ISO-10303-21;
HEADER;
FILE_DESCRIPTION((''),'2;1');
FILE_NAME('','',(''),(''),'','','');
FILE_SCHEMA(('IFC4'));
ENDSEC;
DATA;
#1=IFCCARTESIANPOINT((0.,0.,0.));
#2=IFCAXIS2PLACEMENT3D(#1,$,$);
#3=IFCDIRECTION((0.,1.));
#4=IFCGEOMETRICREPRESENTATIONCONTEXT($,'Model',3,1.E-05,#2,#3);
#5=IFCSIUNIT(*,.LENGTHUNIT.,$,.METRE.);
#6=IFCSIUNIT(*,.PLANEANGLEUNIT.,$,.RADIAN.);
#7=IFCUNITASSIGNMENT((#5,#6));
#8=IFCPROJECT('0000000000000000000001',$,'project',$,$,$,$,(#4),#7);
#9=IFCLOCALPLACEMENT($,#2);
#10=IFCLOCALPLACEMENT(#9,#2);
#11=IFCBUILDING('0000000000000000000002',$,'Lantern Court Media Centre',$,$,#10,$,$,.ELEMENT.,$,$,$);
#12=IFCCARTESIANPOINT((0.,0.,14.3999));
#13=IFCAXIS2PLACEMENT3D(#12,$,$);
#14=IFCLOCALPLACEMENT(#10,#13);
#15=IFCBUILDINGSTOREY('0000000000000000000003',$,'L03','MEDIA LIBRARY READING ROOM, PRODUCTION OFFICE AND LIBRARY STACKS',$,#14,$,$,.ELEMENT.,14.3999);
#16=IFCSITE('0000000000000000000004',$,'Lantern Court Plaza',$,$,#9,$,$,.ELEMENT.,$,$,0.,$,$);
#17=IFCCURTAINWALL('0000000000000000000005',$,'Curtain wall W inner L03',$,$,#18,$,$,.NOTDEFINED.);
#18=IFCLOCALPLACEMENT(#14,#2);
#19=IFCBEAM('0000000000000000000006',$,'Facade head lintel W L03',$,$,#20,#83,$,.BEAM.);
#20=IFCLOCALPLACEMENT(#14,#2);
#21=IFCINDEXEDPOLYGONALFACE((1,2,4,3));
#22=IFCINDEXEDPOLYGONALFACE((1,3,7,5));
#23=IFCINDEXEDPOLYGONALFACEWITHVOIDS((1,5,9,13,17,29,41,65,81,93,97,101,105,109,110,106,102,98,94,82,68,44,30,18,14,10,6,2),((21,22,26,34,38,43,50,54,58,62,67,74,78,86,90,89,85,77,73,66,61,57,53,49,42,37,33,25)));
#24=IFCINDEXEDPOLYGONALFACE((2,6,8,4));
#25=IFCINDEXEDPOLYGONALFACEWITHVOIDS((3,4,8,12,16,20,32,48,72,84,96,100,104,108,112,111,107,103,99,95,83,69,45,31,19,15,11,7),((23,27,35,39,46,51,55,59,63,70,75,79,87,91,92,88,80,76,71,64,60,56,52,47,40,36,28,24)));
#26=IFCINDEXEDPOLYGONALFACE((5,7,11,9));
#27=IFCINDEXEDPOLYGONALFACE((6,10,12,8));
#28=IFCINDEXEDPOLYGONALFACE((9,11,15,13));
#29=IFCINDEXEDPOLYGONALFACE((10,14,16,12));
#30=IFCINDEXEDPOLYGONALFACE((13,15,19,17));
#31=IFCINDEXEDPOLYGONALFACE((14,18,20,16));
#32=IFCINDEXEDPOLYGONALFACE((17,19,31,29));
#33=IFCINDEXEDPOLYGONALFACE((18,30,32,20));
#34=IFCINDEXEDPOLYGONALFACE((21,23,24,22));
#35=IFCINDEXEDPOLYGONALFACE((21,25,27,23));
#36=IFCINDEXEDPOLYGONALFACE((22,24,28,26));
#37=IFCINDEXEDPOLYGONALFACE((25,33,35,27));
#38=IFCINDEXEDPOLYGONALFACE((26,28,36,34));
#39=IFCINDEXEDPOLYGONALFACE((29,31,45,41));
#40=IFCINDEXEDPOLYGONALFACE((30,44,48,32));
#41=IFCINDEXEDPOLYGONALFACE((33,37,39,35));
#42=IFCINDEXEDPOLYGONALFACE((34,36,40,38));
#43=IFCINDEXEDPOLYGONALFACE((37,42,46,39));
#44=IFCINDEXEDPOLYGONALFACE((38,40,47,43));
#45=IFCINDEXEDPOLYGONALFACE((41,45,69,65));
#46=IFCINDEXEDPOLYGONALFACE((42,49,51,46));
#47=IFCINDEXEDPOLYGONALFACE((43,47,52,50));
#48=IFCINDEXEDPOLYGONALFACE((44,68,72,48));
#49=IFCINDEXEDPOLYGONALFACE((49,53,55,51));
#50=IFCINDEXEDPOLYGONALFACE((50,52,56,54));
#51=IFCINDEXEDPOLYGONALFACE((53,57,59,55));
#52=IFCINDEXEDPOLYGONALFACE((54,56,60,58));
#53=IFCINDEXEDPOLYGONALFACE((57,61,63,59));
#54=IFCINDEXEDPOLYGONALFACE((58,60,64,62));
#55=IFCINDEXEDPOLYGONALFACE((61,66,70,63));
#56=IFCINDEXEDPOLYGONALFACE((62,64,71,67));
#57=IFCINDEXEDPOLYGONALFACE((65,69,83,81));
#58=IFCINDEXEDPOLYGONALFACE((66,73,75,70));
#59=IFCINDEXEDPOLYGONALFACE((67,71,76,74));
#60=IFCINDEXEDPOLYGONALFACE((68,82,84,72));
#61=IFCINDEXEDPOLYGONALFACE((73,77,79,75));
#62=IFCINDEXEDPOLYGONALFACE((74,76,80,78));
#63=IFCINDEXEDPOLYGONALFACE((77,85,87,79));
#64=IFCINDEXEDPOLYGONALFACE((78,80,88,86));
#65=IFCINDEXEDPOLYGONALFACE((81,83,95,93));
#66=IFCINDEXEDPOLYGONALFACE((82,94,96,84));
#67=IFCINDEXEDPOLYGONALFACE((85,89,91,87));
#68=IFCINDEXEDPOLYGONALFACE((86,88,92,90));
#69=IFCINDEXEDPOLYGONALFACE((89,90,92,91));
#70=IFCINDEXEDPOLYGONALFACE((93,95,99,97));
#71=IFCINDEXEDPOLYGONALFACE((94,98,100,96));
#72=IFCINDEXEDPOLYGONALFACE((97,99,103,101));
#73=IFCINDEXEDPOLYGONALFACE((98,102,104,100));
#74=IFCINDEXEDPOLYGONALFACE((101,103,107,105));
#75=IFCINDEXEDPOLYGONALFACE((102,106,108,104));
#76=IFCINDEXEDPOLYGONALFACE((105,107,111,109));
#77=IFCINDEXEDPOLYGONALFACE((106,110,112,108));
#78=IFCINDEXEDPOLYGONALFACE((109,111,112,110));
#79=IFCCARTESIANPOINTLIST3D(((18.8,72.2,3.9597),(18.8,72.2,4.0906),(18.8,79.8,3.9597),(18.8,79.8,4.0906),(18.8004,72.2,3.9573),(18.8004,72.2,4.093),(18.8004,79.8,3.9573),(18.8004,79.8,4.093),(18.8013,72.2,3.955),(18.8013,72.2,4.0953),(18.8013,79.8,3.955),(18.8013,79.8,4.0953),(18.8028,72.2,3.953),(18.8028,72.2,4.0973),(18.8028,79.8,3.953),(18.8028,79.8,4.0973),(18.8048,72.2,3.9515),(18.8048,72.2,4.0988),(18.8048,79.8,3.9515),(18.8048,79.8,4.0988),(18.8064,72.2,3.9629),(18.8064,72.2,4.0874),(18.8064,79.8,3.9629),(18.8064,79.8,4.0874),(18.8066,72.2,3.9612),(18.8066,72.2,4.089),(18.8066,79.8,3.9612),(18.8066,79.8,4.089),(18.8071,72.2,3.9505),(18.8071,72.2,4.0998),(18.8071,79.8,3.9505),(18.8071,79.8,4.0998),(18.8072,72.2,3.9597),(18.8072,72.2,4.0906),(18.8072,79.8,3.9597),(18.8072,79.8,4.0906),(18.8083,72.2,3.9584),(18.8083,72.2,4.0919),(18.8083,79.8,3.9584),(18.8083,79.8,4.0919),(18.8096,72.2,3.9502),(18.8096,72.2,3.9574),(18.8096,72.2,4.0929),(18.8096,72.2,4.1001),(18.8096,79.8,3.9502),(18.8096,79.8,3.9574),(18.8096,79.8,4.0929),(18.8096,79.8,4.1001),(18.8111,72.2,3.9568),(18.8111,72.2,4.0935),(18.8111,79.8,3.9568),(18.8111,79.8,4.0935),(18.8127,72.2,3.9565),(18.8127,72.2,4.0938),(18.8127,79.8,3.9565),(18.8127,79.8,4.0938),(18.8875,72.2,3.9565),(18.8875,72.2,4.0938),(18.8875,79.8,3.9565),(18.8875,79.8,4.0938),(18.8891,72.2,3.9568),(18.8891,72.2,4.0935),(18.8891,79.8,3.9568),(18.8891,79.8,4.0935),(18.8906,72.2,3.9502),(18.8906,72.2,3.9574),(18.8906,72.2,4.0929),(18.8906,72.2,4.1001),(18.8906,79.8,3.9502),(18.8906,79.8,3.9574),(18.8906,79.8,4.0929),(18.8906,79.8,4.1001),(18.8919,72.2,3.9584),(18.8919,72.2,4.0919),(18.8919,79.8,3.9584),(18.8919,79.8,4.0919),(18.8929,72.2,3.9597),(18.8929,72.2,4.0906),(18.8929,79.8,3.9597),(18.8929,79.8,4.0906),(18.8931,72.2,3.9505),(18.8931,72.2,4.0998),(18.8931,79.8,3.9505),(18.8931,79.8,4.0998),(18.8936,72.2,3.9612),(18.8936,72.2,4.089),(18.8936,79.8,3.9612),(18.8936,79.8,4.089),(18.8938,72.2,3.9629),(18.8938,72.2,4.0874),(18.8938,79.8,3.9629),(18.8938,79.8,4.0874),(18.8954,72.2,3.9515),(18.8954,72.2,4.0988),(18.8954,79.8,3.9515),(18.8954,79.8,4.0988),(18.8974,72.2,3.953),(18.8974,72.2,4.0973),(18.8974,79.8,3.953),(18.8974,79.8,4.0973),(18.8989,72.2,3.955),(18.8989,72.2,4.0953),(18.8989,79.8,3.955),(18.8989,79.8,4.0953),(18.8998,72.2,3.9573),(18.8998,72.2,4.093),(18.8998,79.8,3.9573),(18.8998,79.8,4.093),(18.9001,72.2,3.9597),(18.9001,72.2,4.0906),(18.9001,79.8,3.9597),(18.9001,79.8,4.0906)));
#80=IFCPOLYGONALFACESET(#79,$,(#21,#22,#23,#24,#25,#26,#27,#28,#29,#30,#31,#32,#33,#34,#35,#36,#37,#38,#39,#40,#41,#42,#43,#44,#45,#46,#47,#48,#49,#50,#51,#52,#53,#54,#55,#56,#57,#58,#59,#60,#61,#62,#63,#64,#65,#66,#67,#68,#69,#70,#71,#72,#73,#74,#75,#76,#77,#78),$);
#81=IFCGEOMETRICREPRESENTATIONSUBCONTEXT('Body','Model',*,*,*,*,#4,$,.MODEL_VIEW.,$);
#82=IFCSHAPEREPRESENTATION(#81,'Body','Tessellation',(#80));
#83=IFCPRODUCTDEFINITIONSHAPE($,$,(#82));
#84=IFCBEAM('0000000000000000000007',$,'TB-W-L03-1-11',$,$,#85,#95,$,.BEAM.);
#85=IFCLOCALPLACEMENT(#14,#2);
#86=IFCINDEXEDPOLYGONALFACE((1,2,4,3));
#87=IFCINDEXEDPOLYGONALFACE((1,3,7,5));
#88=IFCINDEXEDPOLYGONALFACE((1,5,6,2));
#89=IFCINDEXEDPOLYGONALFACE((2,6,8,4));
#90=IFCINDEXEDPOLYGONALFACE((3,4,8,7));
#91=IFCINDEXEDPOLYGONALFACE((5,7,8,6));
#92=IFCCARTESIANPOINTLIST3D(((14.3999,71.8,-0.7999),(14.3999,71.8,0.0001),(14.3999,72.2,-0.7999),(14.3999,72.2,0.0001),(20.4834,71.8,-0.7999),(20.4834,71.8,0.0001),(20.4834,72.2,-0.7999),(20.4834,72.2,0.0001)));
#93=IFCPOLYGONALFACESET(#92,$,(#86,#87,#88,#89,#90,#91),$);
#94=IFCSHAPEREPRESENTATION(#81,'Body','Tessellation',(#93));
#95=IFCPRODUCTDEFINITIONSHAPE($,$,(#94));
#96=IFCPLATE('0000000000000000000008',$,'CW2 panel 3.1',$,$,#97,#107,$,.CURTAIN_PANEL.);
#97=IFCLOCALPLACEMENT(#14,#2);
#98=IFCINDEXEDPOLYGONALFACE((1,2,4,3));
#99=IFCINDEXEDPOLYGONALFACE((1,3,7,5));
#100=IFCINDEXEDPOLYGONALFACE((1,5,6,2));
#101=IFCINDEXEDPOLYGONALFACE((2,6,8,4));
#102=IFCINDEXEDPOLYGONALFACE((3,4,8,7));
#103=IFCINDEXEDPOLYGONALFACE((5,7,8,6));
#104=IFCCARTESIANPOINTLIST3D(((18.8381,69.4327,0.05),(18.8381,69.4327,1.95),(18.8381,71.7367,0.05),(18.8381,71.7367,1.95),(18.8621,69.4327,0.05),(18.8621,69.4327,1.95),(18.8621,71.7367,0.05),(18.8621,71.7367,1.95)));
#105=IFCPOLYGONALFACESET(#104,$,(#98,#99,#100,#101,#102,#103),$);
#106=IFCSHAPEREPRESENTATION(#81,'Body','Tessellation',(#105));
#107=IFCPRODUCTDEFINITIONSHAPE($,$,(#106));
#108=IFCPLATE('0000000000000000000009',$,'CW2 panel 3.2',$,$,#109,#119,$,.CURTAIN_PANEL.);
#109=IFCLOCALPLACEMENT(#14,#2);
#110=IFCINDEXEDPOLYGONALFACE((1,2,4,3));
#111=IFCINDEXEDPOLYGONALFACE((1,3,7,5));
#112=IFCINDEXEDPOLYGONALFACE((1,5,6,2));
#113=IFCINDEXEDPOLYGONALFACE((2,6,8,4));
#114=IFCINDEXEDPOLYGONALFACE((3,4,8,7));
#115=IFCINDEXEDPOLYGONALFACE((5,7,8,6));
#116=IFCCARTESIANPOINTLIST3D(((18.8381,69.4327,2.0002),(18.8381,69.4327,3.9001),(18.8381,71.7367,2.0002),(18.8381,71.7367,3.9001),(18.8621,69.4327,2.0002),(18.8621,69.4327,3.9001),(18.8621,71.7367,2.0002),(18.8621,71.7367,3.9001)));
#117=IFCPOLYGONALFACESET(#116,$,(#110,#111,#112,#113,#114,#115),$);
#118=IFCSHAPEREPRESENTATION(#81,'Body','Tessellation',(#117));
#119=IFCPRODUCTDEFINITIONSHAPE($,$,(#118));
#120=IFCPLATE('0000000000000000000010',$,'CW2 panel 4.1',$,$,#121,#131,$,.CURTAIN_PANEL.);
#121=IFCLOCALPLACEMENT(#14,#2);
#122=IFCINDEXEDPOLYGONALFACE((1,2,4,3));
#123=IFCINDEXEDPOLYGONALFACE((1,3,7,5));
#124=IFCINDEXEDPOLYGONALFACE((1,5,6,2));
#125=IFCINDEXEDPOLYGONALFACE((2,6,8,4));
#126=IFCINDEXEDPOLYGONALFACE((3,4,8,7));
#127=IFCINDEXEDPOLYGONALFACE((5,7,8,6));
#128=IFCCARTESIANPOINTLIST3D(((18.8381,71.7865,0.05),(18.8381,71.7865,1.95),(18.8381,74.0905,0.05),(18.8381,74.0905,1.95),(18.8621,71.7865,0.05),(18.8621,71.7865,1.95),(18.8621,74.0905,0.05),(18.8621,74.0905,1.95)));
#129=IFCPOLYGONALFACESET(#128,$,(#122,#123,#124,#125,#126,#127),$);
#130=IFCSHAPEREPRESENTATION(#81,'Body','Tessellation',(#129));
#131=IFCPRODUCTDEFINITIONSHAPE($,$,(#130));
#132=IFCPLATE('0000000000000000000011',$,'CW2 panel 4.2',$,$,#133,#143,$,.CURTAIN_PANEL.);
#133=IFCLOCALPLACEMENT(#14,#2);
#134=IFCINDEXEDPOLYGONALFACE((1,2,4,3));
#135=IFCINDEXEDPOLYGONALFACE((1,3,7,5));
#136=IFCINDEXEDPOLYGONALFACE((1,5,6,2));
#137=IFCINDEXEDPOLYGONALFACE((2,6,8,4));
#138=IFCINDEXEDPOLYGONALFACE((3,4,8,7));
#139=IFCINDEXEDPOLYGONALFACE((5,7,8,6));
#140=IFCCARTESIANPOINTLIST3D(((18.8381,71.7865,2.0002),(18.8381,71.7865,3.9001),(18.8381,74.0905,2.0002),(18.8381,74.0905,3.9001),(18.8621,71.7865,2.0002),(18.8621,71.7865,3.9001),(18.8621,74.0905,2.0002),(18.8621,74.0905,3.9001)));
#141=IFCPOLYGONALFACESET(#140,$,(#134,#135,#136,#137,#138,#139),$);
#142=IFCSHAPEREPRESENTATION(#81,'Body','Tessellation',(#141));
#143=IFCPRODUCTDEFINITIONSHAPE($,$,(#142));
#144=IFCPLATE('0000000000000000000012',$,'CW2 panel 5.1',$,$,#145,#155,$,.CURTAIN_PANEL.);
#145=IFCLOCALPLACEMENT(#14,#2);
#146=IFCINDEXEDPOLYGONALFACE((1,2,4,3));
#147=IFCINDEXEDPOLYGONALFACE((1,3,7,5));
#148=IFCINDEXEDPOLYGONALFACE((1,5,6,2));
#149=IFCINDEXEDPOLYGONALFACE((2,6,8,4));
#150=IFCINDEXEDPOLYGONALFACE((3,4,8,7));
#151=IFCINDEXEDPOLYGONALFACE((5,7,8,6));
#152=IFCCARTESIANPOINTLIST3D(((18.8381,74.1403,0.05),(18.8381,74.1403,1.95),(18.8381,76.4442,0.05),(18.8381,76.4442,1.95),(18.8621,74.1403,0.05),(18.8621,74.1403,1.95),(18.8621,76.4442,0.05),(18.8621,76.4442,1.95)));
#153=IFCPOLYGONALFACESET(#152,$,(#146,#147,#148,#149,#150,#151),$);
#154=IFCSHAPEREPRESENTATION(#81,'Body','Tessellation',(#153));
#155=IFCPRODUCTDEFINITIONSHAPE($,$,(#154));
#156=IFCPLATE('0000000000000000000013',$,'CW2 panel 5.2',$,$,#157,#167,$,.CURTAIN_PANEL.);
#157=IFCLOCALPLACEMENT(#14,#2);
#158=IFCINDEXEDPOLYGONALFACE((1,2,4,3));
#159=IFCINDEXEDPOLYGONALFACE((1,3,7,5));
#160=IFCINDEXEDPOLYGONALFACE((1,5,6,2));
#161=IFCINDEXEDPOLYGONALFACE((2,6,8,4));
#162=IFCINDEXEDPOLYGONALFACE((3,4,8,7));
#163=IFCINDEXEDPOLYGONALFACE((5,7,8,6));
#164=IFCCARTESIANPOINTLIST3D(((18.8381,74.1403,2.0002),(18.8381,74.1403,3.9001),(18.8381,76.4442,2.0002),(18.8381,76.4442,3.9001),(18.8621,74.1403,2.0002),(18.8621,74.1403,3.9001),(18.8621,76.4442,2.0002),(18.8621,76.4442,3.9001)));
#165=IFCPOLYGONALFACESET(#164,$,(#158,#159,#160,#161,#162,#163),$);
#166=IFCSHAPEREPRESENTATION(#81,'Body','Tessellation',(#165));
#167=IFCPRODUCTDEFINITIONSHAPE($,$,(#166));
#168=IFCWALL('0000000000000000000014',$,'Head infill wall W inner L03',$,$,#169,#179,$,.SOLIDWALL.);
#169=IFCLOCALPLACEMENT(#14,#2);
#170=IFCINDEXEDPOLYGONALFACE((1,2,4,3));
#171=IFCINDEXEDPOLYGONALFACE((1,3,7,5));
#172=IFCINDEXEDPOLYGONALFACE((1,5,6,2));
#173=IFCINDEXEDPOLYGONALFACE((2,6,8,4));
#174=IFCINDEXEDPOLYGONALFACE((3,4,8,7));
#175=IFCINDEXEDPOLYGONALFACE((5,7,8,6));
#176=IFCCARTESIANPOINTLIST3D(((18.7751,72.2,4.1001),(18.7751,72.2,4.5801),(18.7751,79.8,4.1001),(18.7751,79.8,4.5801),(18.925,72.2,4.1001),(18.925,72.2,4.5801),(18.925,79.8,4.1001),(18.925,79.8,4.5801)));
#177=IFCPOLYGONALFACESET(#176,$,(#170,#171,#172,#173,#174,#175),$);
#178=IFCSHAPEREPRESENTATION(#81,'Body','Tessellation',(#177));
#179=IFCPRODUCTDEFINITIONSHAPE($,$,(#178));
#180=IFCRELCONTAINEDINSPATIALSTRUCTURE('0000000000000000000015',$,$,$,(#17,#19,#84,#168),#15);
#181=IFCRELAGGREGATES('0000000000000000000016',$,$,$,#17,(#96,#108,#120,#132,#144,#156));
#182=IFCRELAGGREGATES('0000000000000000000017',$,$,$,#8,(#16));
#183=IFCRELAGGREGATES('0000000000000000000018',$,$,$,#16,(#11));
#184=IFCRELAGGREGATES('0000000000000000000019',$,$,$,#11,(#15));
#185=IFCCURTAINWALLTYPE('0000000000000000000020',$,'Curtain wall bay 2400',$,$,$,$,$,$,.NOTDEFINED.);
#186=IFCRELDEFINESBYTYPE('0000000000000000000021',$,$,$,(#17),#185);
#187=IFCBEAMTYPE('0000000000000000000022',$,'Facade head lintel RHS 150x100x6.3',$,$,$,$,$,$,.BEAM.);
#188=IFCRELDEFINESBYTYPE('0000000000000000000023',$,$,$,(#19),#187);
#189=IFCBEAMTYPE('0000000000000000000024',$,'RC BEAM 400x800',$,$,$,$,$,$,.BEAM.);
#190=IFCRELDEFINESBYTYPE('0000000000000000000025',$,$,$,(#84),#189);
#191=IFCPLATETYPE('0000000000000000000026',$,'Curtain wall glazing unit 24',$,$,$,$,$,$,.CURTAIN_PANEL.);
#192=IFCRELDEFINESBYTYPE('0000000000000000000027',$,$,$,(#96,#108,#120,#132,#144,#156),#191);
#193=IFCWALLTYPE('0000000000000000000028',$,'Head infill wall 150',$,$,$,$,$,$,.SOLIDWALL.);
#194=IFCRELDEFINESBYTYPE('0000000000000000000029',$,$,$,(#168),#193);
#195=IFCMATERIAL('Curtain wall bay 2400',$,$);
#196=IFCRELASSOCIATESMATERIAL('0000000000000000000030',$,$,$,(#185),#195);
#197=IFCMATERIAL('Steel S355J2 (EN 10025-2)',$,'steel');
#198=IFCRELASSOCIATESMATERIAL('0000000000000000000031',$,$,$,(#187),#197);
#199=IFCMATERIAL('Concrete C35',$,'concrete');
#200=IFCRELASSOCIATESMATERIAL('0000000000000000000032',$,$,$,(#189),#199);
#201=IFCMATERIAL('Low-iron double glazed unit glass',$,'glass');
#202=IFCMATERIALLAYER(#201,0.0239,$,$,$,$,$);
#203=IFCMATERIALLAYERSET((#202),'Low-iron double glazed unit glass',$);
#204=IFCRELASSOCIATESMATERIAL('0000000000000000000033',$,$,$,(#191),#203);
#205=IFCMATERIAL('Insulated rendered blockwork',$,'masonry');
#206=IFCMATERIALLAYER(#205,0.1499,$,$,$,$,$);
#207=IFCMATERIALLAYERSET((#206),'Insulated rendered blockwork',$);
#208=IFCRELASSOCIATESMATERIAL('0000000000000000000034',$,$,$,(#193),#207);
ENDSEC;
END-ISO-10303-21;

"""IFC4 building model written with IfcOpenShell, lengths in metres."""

from ifc_helpers import new_model, si_unit, direction, frame, frame_2d, origin, origin_2d, place, context, subcontext, project, spatial, rectangle, hollow_rectangle, extrude, material, layer, layer_set, material_profile, profile_set, type_object, element, aggregate, save


model = new_model("IFC4")

# Units and contexts
model_context = context("Model", 3, precision=1e-05, world=origin(), true_north=direction((0.0, 1.0)))
body_context = subcontext(model_context, "Body", "Model", "MODEL_VIEW")
ifc_project = project(units=[si_unit("LENGTHUNIT", "METRE"), si_unit("PLANEANGLEUNIT", "RADIAN")], contexts=[model_context])

# Site, building, storey
site_placement = place(None, origin())
site = spatial("IfcSite", under=ifc_project, at=site_placement, Name="Lantern Court Plaza", CompositionType="ELEMENT", RefElevation=0.0)
building_placement = place(site_placement, origin())
building = spatial("IfcBuilding", under=site, at=building_placement, Name="Lantern Court Media Centre", CompositionType="ELEMENT")
storey_placement = place(building_placement, frame((0.0, 0.0, 14.3999)))
storey = spatial("IfcBuildingStorey", under=building, at=storey_placement, Name="L03", Description="MEDIA LIBRARY READING ROOM, PRODUCTION OFFICE AND LIBRARY STACKS", CompositionType="ELEMENT", Elevation=14.3999)

# Curtain wall
ifc_material_1 = material(Name="Curtain wall bay 2400")
curtain_wall_type = type_object("IfcCurtainWallType", Name="Curtain wall bay 2400", PredefinedType="NOTDEFINED", material=ifc_material_1)
curtain_wall_placement = place(storey_placement, origin())
curtain_wall = element("IfcCurtainWall", 1, at=curtain_wall_placement, inside=storey, type_object=curtain_wall_type, Name="Curtain wall W inner L03", PredefinedType="NOTDEFINED")

# Beams
ifc_material_2 = material(Name="Steel S355J2 (EN 10025-2)", Category="steel")
ifc_material_profile_1 = material_profile(ifc_material_2, hollow_rectangle(XDim=0.1001, YDim=0.1499, WallThickness=0.0063, InnerFilletRadius=0.0063, OuterFilletRadius=0.0095, at=origin_2d()), Name="Facade head lintel RHS 150x100x6.3")
ifc_profile_set_1 = profile_set([ifc_material_profile_1], Name="Steel S355J2 (EN 10025-2)")
beam_type_1 = type_object("IfcBeamType", Name="Facade head lintel RHS 150x100x6.3", PredefinedType="BEAM", material=ifc_profile_set_1)
beam_1_placement = place(storey_placement, frame((18.8501, 72.2, 4.0251), z_axis=(0.0, 1.0, 0.0), x_axis=(-1.0, 0.0, 0.0)))
element("IfcBeam", 2, at=beam_1_placement, inside=storey, type_object=beam_type_1, Name="Facade head lintel W L03", PredefinedType="BEAM", context=body_context, shape_type="SweptSolid", body=[
    extrude(hollow_rectangle(XDim=0.1001, YDim=0.1499, WallThickness=0.0063, InnerFilletRadius=0.0063, OuterFilletRadius=0.0095, at=origin_2d()), origin(), (0.0, 0.0, 1.0), 7.6001),
])
ifc_material_3 = material(Name="Concrete C35", Category="concrete")
ifc_material_profile_2 = material_profile(ifc_material_3, rectangle(XDim=0.3999, YDim=0.8, at=origin_2d()), Name="RC 400x800")
ifc_profile_set_2 = profile_set([ifc_material_profile_2], Name="Concrete C35")
beam_type_2 = type_object("IfcBeamType", Name="RC BEAM 400x800", PredefinedType="BEAM", material=ifc_profile_set_2)
beam_2_placement = place(storey_placement, frame((14.3999, 72.0, -0.3999), z_axis=(1.0, 0.0, 0.0), x_axis=(0.0, 1.0, 0.0)))
element("IfcBeam", 3, at=beam_2_placement, inside=storey, type_object=beam_type_2, Name="TB-W-L03-1-11", PredefinedType="BEAM", context=body_context, shape_type="SweptSolid", body=[
    extrude(rectangle(XDim=0.3999, YDim=0.8, at=origin_2d()), origin(), (0.0, 0.0, 1.0), 6.0835),
])

# Plates
ifc_material_4 = material(Name="Low-iron double glazed unit glass", Category="glass")
ifc_layer_1 = layer(ifc_material_4, 0.0239)
ifc_layer_set_1 = layer_set([ifc_layer_1], Name="Low-iron double glazed unit glass")
plate_type = type_object("IfcPlateType", Name="Curtain wall glazing unit 24", PredefinedType="CURTAIN_PANEL", material=ifc_layer_set_1)
plate_1_placement = place(storey_placement, frame((18.8501, 70.5847, 0.05), z_axis=(0.0, 0.0, 1.0), x_axis=(0.0, 1.0, 0.0)))
plate_1 = element("IfcPlate", 4, at=plate_1_placement, type_object=plate_type, Name="CW2 panel 3.1", PredefinedType="CURTAIN_PANEL", context=body_context, shape_type="SweptSolid", body=[
    extrude(rectangle(XDim=2.304, YDim=0.0239, at=origin_2d()), origin(), (0.0, 0.0, 1.0), 1.8999),
])
plate_2_placement = place(storey_placement, frame((18.8501, 70.5847, 2.0002), z_axis=(0.0, 0.0, 1.0), x_axis=(0.0, 1.0, 0.0)))
plate_2 = element("IfcPlate", 5, at=plate_2_placement, type_object=plate_type, Name="CW2 panel 3.2", PredefinedType="CURTAIN_PANEL", context=body_context, shape_type="SweptSolid", body=[
    extrude(rectangle(XDim=2.304, YDim=0.0239, at=origin_2d()), origin(), (0.0, 0.0, 1.0), 1.8999),
])
plate_3_placement = place(storey_placement, frame((18.8501, 72.9385, 0.05), z_axis=(0.0, 0.0, 1.0), x_axis=(0.0, 1.0, 0.0)))
plate_3 = element("IfcPlate", 6, at=plate_3_placement, type_object=plate_type, Name="CW2 panel 4.1", PredefinedType="CURTAIN_PANEL", context=body_context, shape_type="SweptSolid", body=[
    extrude(rectangle(XDim=2.304, YDim=0.0239, at=origin_2d()), origin(), (0.0, 0.0, 1.0), 1.8999),
])
plate_4_placement = place(storey_placement, frame((18.8501, 72.9385, 2.0002), z_axis=(0.0, 0.0, 1.0), x_axis=(0.0, 1.0, 0.0)))
plate_4 = element("IfcPlate", 7, at=plate_4_placement, type_object=plate_type, Name="CW2 panel 4.2", PredefinedType="CURTAIN_PANEL", context=body_context, shape_type="SweptSolid", body=[
    extrude(rectangle(XDim=2.304, YDim=0.0239, at=origin_2d()), origin(), (0.0, 0.0, 1.0), 1.8999),
])
plate_5_placement = place(storey_placement, frame((18.8501, 75.2922, 0.05), z_axis=(0.0, 0.0, 1.0), x_axis=(0.0, 1.0, 0.0)))
plate_5 = element("IfcPlate", 8, at=plate_5_placement, type_object=plate_type, Name="CW2 panel 5.1", PredefinedType="CURTAIN_PANEL", context=body_context, shape_type="SweptSolid", body=[
    extrude(rectangle(XDim=2.304, YDim=0.0239, at=origin_2d()), origin(), (0.0, 0.0, 1.0), 1.8999),
])
plate_6_placement = place(storey_placement, frame((18.8501, 75.2922, 2.0002), z_axis=(0.0, 0.0, 1.0), x_axis=(0.0, 1.0, 0.0)))
plate_6 = element("IfcPlate", 9, at=plate_6_placement, type_object=plate_type, Name="CW2 panel 5.2", PredefinedType="CURTAIN_PANEL", context=body_context, shape_type="SweptSolid", body=[
    extrude(rectangle(XDim=2.304, YDim=0.0239, at=origin_2d()), origin(), (0.0, 0.0, 1.0), 1.8999),
])
aggregate(curtain_wall, [plate_1, plate_2, plate_3, plate_4, plate_5, plate_6])

# Wall
ifc_material_5 = material(Name="Insulated rendered blockwork", Category="masonry")
ifc_layer_2 = layer(ifc_material_5, 0.1499)
ifc_layer_set_2 = layer_set([ifc_layer_2], Name="Insulated rendered blockwork")
wall_type_1 = type_object("IfcWallType", Name="Head infill wall 150", PredefinedType="SOLIDWALL", material=ifc_layer_set_2)
wall_1_placement = place(storey_placement, frame((18.8501, 72.2, 4.1001), z_axis=(0.0, 0.0, 1.0), x_axis=(0.0, 1.0, 0.0)))
element("IfcWall", 10, at=wall_1_placement, inside=storey, type_object=wall_type_1, Name="Head infill wall W inner L03", PredefinedType="SOLIDWALL", context=body_context, shape_type="SweptSolid", body=[
    extrude(rectangle(XDim=7.6001, YDim=0.1499, at=frame_2d((3.8, 0.0))), origin(), (0.0, 0.0, 1.0), 0.48),
])

save(model, "model.ifc")
